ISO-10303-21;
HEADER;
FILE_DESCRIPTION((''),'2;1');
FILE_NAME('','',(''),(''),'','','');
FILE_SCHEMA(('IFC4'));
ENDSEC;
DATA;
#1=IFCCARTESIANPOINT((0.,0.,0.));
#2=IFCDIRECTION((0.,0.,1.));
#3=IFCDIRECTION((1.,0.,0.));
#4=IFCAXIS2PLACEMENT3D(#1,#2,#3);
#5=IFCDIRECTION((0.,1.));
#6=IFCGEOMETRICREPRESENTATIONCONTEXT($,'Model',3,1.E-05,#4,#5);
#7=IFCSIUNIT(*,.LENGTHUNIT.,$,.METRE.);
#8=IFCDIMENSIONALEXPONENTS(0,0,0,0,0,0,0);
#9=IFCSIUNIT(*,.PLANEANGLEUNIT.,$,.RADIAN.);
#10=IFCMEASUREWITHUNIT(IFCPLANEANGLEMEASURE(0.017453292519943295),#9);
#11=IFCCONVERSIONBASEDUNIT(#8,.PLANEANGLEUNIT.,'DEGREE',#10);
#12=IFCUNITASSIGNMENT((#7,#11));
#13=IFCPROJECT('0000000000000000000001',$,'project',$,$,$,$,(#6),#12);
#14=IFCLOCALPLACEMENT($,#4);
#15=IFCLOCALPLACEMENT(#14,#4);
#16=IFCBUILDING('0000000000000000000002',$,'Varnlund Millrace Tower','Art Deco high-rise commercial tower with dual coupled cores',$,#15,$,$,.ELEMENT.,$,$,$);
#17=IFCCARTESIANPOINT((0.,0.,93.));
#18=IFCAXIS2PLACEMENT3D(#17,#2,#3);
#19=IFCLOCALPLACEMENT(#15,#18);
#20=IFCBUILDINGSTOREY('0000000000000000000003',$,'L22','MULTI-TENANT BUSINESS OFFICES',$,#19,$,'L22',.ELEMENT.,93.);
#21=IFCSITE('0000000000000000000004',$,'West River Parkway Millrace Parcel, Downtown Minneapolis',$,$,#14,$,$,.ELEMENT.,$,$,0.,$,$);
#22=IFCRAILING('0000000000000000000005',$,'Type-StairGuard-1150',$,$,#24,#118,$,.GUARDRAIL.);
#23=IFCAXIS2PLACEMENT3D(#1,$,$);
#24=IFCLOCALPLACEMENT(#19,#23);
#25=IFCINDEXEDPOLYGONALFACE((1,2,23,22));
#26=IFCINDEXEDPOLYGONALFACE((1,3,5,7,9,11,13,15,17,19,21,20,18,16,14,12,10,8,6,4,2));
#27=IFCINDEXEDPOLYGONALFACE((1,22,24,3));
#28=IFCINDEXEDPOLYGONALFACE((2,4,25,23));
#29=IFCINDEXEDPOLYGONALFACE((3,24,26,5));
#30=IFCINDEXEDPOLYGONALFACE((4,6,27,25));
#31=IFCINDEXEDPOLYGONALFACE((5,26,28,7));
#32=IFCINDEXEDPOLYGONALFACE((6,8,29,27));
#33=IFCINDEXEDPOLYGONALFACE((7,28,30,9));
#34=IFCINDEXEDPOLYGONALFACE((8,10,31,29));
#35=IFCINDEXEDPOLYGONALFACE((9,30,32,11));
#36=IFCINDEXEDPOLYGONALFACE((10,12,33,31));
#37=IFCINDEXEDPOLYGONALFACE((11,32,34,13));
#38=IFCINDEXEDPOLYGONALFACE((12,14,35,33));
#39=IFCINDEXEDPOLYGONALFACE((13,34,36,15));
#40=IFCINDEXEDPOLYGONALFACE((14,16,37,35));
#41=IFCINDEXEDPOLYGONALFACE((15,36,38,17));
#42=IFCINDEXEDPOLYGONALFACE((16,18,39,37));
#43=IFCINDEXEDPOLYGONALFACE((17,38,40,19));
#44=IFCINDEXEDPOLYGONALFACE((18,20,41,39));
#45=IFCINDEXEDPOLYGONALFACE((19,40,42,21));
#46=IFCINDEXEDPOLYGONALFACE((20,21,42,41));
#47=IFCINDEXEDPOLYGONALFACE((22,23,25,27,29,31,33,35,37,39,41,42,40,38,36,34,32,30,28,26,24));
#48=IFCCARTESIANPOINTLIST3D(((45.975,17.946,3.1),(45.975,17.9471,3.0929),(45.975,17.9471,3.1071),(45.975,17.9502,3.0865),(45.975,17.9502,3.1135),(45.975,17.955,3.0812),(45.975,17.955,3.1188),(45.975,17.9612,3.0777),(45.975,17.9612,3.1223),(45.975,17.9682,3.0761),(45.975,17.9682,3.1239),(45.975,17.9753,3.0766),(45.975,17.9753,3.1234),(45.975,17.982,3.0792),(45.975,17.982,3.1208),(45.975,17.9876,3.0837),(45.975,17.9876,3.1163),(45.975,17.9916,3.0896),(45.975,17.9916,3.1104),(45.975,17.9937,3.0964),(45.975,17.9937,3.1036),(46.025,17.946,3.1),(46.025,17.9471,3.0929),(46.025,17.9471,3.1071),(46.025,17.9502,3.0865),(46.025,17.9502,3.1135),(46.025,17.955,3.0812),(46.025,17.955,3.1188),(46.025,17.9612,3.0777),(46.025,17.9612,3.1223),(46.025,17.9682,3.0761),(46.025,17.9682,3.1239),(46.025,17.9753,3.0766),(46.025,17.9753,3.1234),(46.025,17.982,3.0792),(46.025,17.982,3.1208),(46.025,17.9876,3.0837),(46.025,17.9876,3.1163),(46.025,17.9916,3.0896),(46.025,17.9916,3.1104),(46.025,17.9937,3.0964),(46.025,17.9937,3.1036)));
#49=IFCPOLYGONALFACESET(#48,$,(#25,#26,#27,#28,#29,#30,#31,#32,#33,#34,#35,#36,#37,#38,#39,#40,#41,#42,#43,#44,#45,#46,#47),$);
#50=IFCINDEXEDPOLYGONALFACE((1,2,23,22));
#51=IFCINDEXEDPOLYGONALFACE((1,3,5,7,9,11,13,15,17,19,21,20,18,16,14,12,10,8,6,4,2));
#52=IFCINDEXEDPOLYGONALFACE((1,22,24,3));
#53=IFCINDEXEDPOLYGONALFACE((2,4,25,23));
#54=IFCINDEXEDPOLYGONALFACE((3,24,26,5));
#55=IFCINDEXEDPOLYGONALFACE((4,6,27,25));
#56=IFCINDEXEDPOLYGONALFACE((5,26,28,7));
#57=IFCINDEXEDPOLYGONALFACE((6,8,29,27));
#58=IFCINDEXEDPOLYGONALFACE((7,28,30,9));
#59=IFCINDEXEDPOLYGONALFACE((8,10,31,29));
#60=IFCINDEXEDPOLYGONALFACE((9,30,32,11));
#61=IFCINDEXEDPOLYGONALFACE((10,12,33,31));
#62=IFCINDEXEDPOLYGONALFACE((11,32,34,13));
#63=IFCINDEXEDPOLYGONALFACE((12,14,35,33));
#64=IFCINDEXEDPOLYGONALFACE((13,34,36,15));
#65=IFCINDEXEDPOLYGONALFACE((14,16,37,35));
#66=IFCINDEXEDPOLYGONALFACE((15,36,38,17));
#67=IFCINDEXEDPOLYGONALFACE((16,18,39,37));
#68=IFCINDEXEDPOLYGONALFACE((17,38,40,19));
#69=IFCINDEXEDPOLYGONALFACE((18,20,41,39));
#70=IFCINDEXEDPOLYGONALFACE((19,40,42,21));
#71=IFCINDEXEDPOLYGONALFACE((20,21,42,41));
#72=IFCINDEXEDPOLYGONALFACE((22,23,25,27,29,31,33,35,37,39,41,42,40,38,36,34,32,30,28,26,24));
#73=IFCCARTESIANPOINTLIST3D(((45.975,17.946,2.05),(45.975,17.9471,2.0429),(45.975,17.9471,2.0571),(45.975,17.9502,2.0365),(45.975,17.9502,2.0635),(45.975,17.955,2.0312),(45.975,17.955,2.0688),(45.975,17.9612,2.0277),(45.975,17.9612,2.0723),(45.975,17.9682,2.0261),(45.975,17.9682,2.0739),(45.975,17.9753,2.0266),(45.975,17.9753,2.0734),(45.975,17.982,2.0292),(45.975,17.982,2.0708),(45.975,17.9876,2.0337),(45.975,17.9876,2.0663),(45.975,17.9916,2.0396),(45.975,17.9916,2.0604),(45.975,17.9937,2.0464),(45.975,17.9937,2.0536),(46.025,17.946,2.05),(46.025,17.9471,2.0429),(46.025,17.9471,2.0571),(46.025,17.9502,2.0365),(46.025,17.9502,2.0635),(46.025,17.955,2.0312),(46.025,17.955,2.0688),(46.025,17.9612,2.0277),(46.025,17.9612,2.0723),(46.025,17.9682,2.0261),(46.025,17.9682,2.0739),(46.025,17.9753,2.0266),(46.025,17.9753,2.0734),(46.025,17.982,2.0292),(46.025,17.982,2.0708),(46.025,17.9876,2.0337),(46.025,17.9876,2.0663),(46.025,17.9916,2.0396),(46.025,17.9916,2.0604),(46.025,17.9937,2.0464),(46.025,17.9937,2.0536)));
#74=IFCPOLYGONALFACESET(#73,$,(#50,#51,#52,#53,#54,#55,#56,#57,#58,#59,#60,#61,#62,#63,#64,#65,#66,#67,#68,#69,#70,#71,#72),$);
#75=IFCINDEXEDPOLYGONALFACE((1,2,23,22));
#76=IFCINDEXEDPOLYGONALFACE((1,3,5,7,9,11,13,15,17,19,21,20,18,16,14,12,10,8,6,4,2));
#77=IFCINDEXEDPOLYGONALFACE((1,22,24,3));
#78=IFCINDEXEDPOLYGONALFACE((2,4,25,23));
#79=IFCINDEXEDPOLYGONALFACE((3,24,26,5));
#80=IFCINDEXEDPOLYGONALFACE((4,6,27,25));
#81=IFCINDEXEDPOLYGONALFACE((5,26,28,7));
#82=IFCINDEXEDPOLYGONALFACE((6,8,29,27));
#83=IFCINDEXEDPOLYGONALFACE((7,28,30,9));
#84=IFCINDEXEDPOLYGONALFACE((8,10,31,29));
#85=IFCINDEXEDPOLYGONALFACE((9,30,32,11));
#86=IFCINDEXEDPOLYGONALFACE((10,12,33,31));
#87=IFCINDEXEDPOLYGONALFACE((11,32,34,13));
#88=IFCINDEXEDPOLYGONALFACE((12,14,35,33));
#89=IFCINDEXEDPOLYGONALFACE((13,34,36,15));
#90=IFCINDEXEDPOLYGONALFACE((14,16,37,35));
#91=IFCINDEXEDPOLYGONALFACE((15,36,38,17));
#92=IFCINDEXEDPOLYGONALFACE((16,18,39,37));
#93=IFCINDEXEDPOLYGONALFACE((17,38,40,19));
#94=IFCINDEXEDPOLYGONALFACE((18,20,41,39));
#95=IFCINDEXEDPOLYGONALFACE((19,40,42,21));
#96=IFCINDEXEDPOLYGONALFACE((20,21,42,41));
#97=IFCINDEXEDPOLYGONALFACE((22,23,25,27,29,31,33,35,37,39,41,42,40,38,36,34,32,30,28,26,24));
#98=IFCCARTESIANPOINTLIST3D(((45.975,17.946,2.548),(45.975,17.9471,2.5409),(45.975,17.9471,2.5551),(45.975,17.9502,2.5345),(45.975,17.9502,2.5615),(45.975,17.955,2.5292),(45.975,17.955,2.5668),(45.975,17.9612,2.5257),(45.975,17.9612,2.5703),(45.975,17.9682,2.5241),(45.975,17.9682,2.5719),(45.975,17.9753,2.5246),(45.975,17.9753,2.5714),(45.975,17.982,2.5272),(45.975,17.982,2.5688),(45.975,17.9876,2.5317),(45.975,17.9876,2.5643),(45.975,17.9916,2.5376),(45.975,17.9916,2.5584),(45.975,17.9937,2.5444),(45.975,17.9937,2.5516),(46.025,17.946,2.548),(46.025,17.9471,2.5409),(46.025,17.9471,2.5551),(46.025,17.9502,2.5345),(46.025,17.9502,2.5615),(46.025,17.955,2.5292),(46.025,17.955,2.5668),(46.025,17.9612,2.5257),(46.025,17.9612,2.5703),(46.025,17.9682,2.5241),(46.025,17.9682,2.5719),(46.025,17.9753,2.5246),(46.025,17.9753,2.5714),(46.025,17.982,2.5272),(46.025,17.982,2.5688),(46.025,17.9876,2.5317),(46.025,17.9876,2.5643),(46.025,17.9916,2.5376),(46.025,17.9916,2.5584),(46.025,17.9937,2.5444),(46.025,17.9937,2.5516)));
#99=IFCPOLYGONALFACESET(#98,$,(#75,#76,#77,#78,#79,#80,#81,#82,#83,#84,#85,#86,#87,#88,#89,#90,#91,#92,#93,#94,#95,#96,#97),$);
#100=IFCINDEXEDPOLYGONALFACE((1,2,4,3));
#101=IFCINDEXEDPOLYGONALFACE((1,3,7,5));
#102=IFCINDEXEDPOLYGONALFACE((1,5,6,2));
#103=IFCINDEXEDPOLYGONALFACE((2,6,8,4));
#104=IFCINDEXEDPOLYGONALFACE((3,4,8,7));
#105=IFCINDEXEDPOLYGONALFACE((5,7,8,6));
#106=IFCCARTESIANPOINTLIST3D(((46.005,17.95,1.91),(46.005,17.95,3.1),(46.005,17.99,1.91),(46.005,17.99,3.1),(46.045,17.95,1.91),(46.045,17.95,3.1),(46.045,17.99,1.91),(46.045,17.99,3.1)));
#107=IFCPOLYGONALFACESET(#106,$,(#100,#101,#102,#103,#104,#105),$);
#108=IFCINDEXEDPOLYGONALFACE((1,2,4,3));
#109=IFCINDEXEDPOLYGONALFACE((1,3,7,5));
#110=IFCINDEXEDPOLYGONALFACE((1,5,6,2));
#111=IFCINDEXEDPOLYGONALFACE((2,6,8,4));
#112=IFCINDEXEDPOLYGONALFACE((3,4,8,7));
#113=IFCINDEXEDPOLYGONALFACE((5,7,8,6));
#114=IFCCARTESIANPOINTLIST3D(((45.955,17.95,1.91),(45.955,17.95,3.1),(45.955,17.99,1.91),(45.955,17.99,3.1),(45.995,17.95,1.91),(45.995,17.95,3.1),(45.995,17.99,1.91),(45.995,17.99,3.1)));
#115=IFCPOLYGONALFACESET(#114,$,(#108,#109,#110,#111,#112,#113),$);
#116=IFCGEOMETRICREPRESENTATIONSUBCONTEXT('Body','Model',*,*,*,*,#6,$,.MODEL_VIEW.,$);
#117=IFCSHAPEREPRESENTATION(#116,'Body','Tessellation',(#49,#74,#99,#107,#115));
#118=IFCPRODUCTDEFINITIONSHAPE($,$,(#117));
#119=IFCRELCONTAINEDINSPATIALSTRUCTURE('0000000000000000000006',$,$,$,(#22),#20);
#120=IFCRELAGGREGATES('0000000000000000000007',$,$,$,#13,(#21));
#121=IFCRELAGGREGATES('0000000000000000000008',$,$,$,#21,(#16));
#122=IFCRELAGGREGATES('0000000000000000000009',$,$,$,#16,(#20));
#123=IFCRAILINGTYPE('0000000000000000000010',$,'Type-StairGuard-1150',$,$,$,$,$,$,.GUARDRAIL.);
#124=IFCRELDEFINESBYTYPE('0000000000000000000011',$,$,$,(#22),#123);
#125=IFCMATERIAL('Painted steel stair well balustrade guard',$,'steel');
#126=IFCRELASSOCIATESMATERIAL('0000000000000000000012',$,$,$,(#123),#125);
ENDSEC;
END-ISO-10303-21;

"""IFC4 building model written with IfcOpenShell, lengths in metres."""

from ifc_helpers import new_model, entity, si_unit, converted_unit, direction, frame, origin_with_axes, origin_2d_with_axis, place, context, subcontext, project, spatial, rectangle, circle, extrude, material, type_object, element, save


model = new_model("IFC4")

# Units and contexts
model_context = context("Model", 3, precision=1e-05, world=origin_with_axes(), true_north=direction((0.0, 1.0)))
body_context = subcontext(model_context, "Body", "Model", "MODEL_VIEW")
ifc_project = project(units=[si_unit("LENGTHUNIT", "METRE"), converted_unit("PLANEANGLEUNIT", "DEGREE", entity("IfcPlaneAngleMeasure", 0.017453292519943295), si_unit("PLANEANGLEUNIT", "RADIAN"), dimensions=[0, 0, 0, 0, 0, 0, 0])], contexts=[model_context])

# Site, building, storey
site_placement = place(None, origin_with_axes())
site = spatial("IfcSite", under=ifc_project, at=site_placement, Name="West River Parkway Millrace Parcel, Downtown Minneapolis", CompositionType="ELEMENT", RefElevation=0.0)
building_placement = place(site_placement, origin_with_axes())
building = spatial("IfcBuilding", under=site, at=building_placement, Name="Varnlund Millrace Tower", Description="Art Deco high-rise commercial tower with dual coupled cores", CompositionType="ELEMENT")
storey_placement = place(building_placement, frame((0.0, 0.0, 93.0), z_axis=(0.0, 0.0, 1.0), x_axis=(1.0, 0.0, 0.0)))
storey = spatial("IfcBuildingStorey", under=building, at=storey_placement, Name="L22", Description="MULTI-TENANT BUSINESS OFFICES", LongName="L22", CompositionType="ELEMENT", Elevation=93.0)

# Railing
ifc_material_1 = material(Name="Painted steel stair well balustrade guard", Category="steel")
railing_type_1 = type_object("IfcRailingType", Name="Type-StairGuard-1150", PredefinedType="GUARDRAIL", material=ifc_material_1)
railing_1_placement = place(storey_placement, frame((0.0, 0.0, -93.0), z_axis=(0.0, 0.0, 1.0), x_axis=(1.0, 0.0, 0.0)))
element("IfcRailing", 1, at=railing_1_placement, inside=storey, type_object=railing_type_1, Name="Type-StairGuard-1150", PredefinedType="GUARDRAIL", context=body_context, shape_type="SweptSolid", body=[
    extrude(circle(Radius=0.024, at=origin_2d_with_axis()), frame((46.025, 17.97, 96.1), z_axis=(-1.0, 0.0, 0.0), x_axis=(0.0, -1.0, 0.0)), (0.0, 0.0, 1.0), 0.05),
    extrude(circle(Radius=0.024, at=origin_2d_with_axis()), frame((46.025, 17.97, 95.05), z_axis=(-1.0, 0.0, 0.0), x_axis=(0.0, -1.0, 0.0)), (0.0, 0.0, 1.0), 0.05),
    extrude(circle(Radius=0.024, at=origin_2d_with_axis()), frame((46.025, 17.97, 95.548), z_axis=(-1.0, 0.0, 0.0), x_axis=(0.0, -1.0, 0.0)), (0.0, 0.0, 1.0), 0.05),
    extrude(rectangle(XDim=0.04, YDim=0.04, at=origin_2d_with_axis()), frame((46.025, 17.97, 94.91), z_axis=(0.0, 0.0, 1.0), x_axis=(1.0, 0.0, 0.0)), (0.0, 0.0, 1.0), 1.19),
    extrude(rectangle(XDim=0.04, YDim=0.04, at=origin_2d_with_axis()), frame((45.975, 17.97, 94.91), z_axis=(0.0, 0.0, 1.0), x_axis=(1.0, 0.0, 0.0)), (0.0, 0.0, 1.0), 1.19),
])

save(model, "model.ifc")
